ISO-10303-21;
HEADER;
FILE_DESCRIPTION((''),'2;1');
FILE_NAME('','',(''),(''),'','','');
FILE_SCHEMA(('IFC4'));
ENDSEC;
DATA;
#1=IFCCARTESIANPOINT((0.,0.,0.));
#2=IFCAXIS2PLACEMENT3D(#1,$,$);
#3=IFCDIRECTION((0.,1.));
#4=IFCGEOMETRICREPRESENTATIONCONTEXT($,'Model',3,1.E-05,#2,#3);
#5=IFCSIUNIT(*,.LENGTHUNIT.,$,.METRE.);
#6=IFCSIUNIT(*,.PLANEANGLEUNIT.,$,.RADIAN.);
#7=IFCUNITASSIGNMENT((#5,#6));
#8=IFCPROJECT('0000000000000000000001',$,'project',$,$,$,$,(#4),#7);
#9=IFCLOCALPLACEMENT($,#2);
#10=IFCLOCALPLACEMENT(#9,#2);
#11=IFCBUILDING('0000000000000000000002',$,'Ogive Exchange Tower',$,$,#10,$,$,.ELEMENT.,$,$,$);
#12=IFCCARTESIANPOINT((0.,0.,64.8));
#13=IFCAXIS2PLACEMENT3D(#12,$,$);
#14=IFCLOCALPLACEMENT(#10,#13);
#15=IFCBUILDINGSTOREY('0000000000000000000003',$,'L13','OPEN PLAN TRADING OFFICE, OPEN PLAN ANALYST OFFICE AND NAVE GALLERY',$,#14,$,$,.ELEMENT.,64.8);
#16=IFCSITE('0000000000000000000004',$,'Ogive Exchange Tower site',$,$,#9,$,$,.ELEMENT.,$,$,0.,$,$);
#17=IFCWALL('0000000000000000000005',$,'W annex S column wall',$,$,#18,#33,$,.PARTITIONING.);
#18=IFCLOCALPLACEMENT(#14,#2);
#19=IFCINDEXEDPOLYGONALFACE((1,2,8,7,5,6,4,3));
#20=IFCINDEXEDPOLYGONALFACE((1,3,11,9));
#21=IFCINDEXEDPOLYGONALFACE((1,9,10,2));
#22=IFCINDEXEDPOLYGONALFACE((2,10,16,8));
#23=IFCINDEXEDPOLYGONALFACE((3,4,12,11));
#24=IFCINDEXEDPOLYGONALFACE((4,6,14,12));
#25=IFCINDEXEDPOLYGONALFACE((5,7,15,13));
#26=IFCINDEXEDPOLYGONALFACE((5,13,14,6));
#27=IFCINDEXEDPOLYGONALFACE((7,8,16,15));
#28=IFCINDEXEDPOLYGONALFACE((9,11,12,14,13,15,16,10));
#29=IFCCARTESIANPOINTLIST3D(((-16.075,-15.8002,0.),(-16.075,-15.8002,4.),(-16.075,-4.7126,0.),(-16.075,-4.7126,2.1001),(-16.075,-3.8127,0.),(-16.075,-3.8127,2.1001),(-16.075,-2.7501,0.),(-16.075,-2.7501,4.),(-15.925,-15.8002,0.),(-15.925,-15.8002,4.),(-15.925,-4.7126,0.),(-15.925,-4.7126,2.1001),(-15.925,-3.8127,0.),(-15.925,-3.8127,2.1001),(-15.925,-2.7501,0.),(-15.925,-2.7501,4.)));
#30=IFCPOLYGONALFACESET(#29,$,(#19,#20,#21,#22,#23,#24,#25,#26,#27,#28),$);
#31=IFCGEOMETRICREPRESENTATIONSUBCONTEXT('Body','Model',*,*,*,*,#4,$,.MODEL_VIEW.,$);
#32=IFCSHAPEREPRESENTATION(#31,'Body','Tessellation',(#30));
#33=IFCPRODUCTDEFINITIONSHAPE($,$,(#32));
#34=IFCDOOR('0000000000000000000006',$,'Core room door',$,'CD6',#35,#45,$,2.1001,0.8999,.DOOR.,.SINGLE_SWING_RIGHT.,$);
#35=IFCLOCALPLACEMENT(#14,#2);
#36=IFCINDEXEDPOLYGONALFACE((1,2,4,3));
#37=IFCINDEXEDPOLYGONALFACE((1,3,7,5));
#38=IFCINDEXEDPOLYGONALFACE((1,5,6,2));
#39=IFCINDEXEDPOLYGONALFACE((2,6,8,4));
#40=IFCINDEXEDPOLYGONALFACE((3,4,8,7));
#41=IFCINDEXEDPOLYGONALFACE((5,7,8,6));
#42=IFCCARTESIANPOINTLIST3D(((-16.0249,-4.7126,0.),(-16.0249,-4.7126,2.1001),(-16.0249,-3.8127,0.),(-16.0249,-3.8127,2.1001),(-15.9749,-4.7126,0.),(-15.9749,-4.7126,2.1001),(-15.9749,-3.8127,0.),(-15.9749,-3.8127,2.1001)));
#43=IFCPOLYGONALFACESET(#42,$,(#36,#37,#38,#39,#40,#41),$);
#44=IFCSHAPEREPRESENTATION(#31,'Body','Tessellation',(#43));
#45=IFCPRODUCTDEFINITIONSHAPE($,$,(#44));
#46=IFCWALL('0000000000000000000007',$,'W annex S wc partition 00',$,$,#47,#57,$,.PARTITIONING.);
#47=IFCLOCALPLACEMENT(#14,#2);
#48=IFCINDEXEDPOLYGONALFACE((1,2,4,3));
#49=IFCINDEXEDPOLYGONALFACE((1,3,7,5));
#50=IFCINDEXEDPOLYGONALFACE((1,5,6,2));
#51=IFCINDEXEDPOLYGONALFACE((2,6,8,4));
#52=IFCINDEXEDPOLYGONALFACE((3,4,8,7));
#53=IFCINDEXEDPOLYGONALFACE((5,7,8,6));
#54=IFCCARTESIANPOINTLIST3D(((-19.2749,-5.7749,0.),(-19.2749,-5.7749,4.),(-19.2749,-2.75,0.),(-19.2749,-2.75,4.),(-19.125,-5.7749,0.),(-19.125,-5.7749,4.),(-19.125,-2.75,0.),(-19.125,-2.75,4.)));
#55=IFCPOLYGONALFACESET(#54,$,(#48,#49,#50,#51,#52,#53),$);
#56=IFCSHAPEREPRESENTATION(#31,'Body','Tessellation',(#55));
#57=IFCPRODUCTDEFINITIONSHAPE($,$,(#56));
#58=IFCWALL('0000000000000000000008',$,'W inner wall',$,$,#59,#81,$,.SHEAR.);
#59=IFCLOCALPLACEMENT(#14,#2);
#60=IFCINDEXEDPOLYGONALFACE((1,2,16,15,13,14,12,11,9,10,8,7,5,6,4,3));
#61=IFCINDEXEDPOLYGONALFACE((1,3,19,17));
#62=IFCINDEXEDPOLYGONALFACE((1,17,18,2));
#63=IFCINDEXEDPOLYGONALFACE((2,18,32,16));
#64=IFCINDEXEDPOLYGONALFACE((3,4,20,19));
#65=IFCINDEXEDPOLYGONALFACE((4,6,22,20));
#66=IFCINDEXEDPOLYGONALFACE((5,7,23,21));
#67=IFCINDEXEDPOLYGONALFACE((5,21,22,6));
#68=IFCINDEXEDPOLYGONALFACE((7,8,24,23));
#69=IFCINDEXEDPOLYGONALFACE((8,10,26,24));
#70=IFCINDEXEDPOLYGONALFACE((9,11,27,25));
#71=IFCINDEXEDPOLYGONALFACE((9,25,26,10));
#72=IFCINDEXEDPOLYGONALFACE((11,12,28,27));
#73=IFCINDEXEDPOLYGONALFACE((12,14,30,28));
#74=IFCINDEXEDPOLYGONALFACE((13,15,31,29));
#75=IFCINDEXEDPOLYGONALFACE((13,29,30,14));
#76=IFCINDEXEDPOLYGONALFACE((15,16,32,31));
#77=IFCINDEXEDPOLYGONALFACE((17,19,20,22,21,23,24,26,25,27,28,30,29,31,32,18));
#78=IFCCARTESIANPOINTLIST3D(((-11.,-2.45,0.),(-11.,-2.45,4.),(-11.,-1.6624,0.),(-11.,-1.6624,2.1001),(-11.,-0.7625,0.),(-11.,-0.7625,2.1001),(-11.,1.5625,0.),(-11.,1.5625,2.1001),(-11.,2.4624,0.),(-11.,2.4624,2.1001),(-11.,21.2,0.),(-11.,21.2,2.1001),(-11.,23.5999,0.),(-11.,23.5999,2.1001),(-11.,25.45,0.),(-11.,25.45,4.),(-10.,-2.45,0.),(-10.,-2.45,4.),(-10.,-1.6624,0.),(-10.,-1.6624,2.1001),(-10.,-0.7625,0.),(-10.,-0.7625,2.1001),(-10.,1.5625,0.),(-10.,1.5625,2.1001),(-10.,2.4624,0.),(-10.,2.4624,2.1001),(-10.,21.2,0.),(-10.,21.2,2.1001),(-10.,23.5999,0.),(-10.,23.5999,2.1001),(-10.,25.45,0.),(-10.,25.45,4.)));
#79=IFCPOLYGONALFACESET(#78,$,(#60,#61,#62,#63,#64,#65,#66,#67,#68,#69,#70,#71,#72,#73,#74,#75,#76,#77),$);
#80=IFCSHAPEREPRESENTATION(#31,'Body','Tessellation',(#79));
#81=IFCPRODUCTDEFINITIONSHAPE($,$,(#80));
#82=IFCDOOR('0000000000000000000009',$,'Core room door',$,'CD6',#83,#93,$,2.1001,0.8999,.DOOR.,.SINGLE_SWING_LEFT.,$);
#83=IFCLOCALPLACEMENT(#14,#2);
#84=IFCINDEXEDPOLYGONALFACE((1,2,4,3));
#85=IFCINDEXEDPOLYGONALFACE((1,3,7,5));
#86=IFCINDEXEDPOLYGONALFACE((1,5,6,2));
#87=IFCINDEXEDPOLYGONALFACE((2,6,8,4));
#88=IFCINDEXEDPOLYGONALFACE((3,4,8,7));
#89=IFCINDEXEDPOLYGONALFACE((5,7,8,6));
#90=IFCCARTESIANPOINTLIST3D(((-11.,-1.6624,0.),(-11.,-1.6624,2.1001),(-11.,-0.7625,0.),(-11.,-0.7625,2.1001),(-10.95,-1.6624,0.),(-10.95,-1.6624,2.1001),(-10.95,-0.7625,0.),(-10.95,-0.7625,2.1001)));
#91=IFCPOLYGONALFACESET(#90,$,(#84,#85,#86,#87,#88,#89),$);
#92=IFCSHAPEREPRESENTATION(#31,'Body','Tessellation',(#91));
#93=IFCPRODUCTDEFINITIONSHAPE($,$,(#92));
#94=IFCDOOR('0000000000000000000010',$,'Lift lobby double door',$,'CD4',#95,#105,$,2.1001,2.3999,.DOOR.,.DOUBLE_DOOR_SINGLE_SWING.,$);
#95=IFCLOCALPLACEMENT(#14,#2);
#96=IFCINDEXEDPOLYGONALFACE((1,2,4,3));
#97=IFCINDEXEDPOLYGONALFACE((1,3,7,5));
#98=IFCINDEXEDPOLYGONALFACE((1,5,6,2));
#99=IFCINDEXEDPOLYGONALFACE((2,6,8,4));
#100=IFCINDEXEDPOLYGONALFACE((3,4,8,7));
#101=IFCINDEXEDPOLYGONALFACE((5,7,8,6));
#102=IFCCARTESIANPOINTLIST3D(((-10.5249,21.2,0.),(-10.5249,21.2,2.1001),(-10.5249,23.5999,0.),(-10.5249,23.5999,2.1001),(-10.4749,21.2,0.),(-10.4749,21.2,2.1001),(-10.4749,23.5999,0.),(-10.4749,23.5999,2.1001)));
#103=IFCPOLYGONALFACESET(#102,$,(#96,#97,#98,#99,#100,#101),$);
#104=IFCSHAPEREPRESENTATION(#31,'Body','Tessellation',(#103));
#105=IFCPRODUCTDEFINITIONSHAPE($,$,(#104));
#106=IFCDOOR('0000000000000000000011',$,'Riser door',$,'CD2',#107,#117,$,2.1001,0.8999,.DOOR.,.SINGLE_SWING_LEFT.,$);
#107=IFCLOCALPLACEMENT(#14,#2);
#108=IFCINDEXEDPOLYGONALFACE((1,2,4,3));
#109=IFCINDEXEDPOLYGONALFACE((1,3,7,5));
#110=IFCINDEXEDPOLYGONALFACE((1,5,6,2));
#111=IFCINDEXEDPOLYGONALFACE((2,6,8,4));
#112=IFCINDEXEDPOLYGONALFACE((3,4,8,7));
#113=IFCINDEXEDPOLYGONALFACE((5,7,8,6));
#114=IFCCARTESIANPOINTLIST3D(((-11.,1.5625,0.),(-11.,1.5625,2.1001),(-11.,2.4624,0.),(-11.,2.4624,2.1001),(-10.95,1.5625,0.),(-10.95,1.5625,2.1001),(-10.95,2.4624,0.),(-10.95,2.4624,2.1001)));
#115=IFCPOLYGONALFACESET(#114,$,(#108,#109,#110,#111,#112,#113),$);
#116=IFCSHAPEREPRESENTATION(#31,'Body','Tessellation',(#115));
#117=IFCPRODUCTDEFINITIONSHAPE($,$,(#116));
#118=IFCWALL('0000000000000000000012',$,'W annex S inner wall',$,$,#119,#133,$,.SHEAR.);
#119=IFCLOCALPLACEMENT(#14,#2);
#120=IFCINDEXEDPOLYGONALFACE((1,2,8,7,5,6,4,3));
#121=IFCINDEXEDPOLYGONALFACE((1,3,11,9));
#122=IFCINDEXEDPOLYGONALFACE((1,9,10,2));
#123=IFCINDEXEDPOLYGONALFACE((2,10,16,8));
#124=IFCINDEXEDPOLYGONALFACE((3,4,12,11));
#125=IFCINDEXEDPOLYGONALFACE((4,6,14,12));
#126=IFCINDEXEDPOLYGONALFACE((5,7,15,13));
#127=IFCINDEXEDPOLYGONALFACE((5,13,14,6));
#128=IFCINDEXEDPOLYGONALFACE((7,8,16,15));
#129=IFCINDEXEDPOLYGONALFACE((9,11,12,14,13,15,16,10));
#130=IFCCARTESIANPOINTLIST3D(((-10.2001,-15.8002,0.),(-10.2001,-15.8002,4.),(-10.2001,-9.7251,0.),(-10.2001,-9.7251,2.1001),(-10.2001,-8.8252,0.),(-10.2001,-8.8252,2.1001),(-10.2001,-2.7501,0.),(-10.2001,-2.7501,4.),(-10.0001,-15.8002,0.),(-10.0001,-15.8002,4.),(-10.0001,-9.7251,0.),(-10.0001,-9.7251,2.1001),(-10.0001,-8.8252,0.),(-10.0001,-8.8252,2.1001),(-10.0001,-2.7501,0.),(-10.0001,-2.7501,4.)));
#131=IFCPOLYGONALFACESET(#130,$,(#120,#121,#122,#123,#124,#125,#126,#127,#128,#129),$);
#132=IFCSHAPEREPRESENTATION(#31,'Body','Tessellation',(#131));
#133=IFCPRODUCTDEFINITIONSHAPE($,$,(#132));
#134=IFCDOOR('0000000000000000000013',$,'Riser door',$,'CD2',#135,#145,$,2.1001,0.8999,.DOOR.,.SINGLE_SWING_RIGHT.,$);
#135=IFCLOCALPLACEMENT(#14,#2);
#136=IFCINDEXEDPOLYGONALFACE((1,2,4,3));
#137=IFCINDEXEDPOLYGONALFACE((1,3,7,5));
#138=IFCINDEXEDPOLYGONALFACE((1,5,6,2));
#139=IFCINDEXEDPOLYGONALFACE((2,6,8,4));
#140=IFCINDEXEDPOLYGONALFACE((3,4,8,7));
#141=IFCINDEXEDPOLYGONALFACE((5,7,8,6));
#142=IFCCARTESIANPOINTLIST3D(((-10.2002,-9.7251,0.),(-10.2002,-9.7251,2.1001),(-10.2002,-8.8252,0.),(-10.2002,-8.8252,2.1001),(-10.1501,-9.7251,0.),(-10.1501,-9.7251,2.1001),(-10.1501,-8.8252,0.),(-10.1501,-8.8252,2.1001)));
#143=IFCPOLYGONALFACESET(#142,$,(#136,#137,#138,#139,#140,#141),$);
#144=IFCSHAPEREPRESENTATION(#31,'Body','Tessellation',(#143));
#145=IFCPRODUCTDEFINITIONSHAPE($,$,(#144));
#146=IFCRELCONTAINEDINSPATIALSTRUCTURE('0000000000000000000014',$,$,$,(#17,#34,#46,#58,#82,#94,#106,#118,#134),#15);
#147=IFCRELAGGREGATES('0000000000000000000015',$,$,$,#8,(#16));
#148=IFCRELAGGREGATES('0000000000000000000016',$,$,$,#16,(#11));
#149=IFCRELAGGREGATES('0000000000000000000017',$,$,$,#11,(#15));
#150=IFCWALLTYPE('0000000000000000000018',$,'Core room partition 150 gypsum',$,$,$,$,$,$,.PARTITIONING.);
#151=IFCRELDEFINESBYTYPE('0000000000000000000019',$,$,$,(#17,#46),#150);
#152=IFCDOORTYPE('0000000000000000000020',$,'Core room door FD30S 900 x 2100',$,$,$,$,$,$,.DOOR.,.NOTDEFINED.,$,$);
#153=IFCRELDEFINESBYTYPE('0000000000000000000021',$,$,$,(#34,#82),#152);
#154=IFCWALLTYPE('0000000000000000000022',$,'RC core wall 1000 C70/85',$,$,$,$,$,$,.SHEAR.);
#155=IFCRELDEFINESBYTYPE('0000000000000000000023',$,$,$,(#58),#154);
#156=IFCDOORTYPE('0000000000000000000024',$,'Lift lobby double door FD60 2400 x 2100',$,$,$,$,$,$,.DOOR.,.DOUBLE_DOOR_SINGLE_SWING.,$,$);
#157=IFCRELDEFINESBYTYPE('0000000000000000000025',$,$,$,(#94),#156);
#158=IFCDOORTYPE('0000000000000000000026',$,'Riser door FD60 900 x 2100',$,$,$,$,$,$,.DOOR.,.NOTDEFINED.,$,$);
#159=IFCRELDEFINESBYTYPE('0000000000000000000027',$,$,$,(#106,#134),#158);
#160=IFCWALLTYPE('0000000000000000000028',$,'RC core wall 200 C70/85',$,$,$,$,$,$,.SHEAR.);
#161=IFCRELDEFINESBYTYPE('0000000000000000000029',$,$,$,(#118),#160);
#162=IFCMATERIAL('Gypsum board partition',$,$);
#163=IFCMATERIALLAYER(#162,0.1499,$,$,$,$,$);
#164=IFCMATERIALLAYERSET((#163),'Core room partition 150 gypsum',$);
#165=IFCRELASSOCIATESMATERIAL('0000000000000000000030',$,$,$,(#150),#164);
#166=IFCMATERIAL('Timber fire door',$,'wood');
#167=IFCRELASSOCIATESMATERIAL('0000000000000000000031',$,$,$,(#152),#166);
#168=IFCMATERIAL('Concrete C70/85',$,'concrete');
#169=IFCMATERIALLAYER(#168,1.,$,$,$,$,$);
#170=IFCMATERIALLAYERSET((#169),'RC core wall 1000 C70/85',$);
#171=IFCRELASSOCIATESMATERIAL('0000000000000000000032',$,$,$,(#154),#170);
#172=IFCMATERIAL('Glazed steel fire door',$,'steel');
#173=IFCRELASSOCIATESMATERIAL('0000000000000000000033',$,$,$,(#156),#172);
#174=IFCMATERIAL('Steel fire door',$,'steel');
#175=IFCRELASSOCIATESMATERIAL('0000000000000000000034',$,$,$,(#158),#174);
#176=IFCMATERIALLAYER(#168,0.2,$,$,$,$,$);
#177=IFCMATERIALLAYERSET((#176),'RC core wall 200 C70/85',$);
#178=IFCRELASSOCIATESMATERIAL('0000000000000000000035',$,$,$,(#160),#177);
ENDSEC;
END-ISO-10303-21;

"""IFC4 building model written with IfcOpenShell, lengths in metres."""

from ifc_helpers import new_model, si_unit, direction, frame, frame_2d, origin, place, context, subcontext, project, spatial, rectangle, extrude, material, layer, layer_set, type_object, element, fill, save


model = new_model("IFC4")

# Units and contexts
model_context = context("Model", 3, precision=1e-05, world=origin(), true_north=direction((0.0, 1.0)))
body_context = subcontext(model_context, "Body", "Model", "MODEL_VIEW")
ifc_project = project(units=[si_unit("LENGTHUNIT", "METRE"), si_unit("PLANEANGLEUNIT", "RADIAN")], contexts=[model_context])

# Site, building, storey
site_placement = place(None, origin())
site = spatial("IfcSite", under=ifc_project, at=site_placement, Name="Ogive Exchange Tower site", CompositionType="ELEMENT", RefElevation=0.0)
building_placement = place(site_placement, origin())
building = spatial("IfcBuilding", under=site, at=building_placement, Name="Ogive Exchange Tower", CompositionType="ELEMENT")
storey_placement = place(building_placement, frame((0.0, 0.0, 64.8)))
storey = spatial("IfcBuildingStorey", under=building, at=storey_placement, Name="L13", Description="OPEN PLAN TRADING OFFICE, OPEN PLAN ANALYST OFFICE AND NAVE GALLERY", CompositionType="ELEMENT", Elevation=64.8)

# Wall, opening, door
ifc_material_1 = material(Name="Gypsum board partition")
ifc_layer_1 = layer(ifc_material_1, 0.1499)
ifc_layer_set_1 = layer_set([ifc_layer_1], Name="Core room partition 150 gypsum")
wall_type_1 = type_object("IfcWallType", Name="Core room partition 150 gypsum", PredefinedType="PARTITIONING", material=ifc_layer_set_1)
wall_1_placement = place(storey_placement, frame((-16.0, -15.8, 0.0), z_axis=(0.0, 0.0, 1.0), x_axis=(0.0, 1.0, 0.0)))
wall_1 = element("IfcWall", 1, at=wall_1_placement, inside=storey, type_object=wall_type_1, Name="W annex S column wall", PredefinedType="PARTITIONING", context=body_context, shape_type="SweptSolid", body=[
    extrude(rectangle(XDim=13.05, YDim=0.1499, at=frame_2d((6.5249, 0.0))), origin(), (0.0, 0.0, 1.0), 4.0),
])
opening_1_placement = place(wall_1_placement, frame((11.0874, 0.0, 0.0)))
opening_1 = element("IfcOpeningElement", 2, at=opening_1_placement, cuts=wall_1, PredefinedType="OPENING", context=body_context, shape_type="SweptSolid", body=[
    extrude(rectangle(XDim=0.8999, YDim=2.1001, at=frame_2d((0.45, 1.05))), frame((0.0, 0.085, 0.0), z_axis=(0.0, -1.0, 0.0), x_axis=(1.0, 0.0, 0.0)), (0.0, 0.0, 1.0), 0.1699),
])
ifc_material_2 = material(Name="Timber fire door", Category="wood")
door_type_1 = type_object("IfcDoorType", Name="Core room door FD30S 900 x 2100", OperationType="NOTDEFINED", PredefinedType="DOOR", material=ifc_material_2)
door_1_placement = place(opening_1_placement, origin())
door_1 = element("IfcDoor", 3, at=door_1_placement, inside=storey, type_object=door_type_1, Name="Core room door", ObjectType="CD6", OperationType="SINGLE_SWING_RIGHT", OverallHeight=2.1001, OverallWidth=0.8999, PredefinedType="DOOR", context=body_context, shape_type="SweptSolid", body=[
    extrude(rectangle(XDim=0.8999, YDim=2.1001, at=frame_2d((0.45, 1.05))), frame((0.0, 0.0249, 0.0), z_axis=(0.0, -1.0, 0.0), x_axis=(1.0, 0.0, 0.0)), (0.0, 0.0, 1.0), 0.05),
])
fill(opening_1, door_1)

# Wall
wall_2_placement = place(storey_placement, frame((-19.2, -5.7749, 0.0), z_axis=(0.0, 0.0, 1.0), x_axis=(0.0, 1.0, 0.0)))
element("IfcWall", 4, at=wall_2_placement, inside=storey, type_object=wall_type_1, Name="W annex S wc partition 00", PredefinedType="PARTITIONING", context=body_context, shape_type="SweptSolid", body=[
    extrude(rectangle(XDim=3.0249, YDim=0.1499, at=frame_2d((1.5125, 0.0))), origin(), (0.0, 0.0, 1.0), 4.0),
])

# Wall, openings, doors
ifc_material_3 = material(Name="Concrete C70/85", Category="concrete")
ifc_layer_2 = layer(ifc_material_3, 1.0)
ifc_layer_set_2 = layer_set([ifc_layer_2], Name="RC core wall 1000 C70/85")
wall_type_2 = type_object("IfcWallType", Name="RC core wall 1000 C70/85", PredefinedType="SHEAR", material=ifc_layer_set_2)
wall_3_placement = place(storey_placement, frame((-10.5, -2.45, 0.0), z_axis=(0.0, 0.0, 1.0), x_axis=(0.0, 1.0, 0.0)))
wall_3 = element("IfcWall", 5, at=wall_3_placement, inside=storey, type_object=wall_type_2, Name="W inner wall", PredefinedType="SHEAR", context=body_context, shape_type="SweptSolid", body=[
    extrude(rectangle(XDim=27.8999, YDim=1.0, at=frame_2d((13.95, 0.0))), origin(), (0.0, 0.0, 1.0), 4.0),
])
opening_2_placement = place(wall_3_placement, frame((23.6499, 0.0, 0.0)))
opening_2 = element("IfcOpeningElement", 6, at=opening_2_placement, cuts=wall_3, PredefinedType="OPENING", context=body_context, shape_type="SweptSolid", body=[
    extrude(rectangle(XDim=2.3999, YDim=2.1001, at=frame_2d((1.2, 1.05))), frame((0.0, 0.51, 0.0), z_axis=(0.0, -1.0, 0.0), x_axis=(1.0, 0.0, 0.0)), (0.0, 0.0, 1.0), 1.02),
])
opening_3_placement = place(wall_3_placement, frame((0.7876, 0.0, 0.0)))
opening_3 = element("IfcOpeningElement", 7, at=opening_3_placement, cuts=wall_3, PredefinedType="OPENING", context=body_context, shape_type="SweptSolid", body=[
    extrude(rectangle(XDim=0.8999, YDim=2.1001, at=frame_2d((0.45, 1.05))), frame((0.0, 0.51, 0.0), z_axis=(0.0, -1.0, 0.0), x_axis=(1.0, 0.0, 0.0)), (0.0, 0.0, 1.0), 1.02),
])
opening_4_placement = place(wall_3_placement, frame((4.0125, 0.0, 0.0)))
opening_4 = element("IfcOpeningElement", 8, at=opening_4_placement, cuts=wall_3, PredefinedType="OPENING", context=body_context, shape_type="SweptSolid", body=[
    extrude(rectangle(XDim=0.8999, YDim=2.1001, at=frame_2d((0.45, 1.05))), frame((0.0, 0.51, 0.0), z_axis=(0.0, -1.0, 0.0), x_axis=(1.0, 0.0, 0.0)), (0.0, 0.0, 1.0), 1.02),
])
door_2_placement = place(opening_3_placement, origin())
door_2 = element("IfcDoor", 9, at=door_2_placement, inside=storey, type_object=door_type_1, Name="Core room door", ObjectType="CD6", OperationType="SINGLE_SWING_LEFT", OverallHeight=2.1001, OverallWidth=0.8999, PredefinedType="DOOR", context=body_context, shape_type="SweptSolid", body=[
    extrude(rectangle(XDim=0.8999, YDim=2.1001, at=frame_2d((0.45, 1.05))), frame((0.0, 0.5, 0.0), z_axis=(0.0, -1.0, 0.0), x_axis=(1.0, 0.0, 0.0)), (0.0, 0.0, 1.0), 0.05),
])
fill(opening_3, door_2)
ifc_material_4 = material(Name="Glazed steel fire door", Category="steel")
door_type_2 = type_object("IfcDoorType", Name="Lift lobby double door FD60 2400 x 2100", OperationType="DOUBLE_DOOR_SINGLE_SWING", PredefinedType="DOOR", material=ifc_material_4)
door_3_placement = place(opening_2_placement, origin())
door_3 = element("IfcDoor", 10, at=door_3_placement, inside=storey, type_object=door_type_2, Name="Lift lobby double door", ObjectType="CD4", OperationType="DOUBLE_DOOR_SINGLE_SWING", OverallHeight=2.1001, OverallWidth=2.3999, PredefinedType="DOOR", context=body_context, shape_type="SweptSolid", body=[
    extrude(rectangle(XDim=2.3999, YDim=2.1001, at=frame_2d((1.2, 1.05))), frame((0.0, 0.0249, 0.0), z_axis=(0.0, -1.0, 0.0), x_axis=(1.0, 0.0, 0.0)), (0.0, 0.0, 1.0), 0.05),
])
fill(opening_2, door_3)
ifc_material_5 = material(Name="Steel fire door", Category="steel")
door_type_3 = type_object("IfcDoorType", Name="Riser door FD60 900 x 2100", OperationType="NOTDEFINED", PredefinedType="DOOR", material=ifc_material_5)
door_4_placement = place(opening_4_placement, origin())
door_4 = element("IfcDoor", 11, at=door_4_placement, inside=storey, type_object=door_type_3, Name="Riser door", ObjectType="CD2", OperationType="SINGLE_SWING_LEFT", OverallHeight=2.1001, OverallWidth=0.8999, PredefinedType="DOOR", context=body_context, shape_type="SweptSolid", body=[
    extrude(rectangle(XDim=0.8999, YDim=2.1001, at=frame_2d((0.45, 1.05))), frame((0.0, 0.5, 0.0), z_axis=(0.0, -1.0, 0.0), x_axis=(1.0, 0.0, 0.0)), (0.0, 0.0, 1.0), 0.05),
])
fill(opening_4, door_4)

# Wall, opening, door
ifc_layer_3 = layer(ifc_material_3, 0.2)
ifc_layer_set_3 = layer_set([ifc_layer_3], Name="RC core wall 200 C70/85")
wall_type_3 = type_object("IfcWallType", Name="RC core wall 200 C70/85", PredefinedType="SHEAR", material=ifc_layer_set_3)
wall_4_placement = place(storey_placement, frame((-10.1001, -15.8, 0.0), z_axis=(0.0, 0.0, 1.0), x_axis=(0.0, 1.0, 0.0)))
wall_4 = element("IfcWall", 12, at=wall_4_placement, inside=storey, type_object=wall_type_3, Name="W annex S inner wall", PredefinedType="SHEAR", context=body_context, shape_type="SweptSolid", body=[
    extrude(rectangle(XDim=13.05, YDim=0.2, at=frame_2d((6.5249, 0.0))), origin(), (0.0, 0.0, 1.0), 4.0),
])
opening_5_placement = place(wall_4_placement, frame((6.075, 0.0, 0.0)))
opening_5 = element("IfcOpeningElement", 13, at=opening_5_placement, cuts=wall_4, PredefinedType="OPENING", context=body_context, shape_type="SweptSolid", body=[
    extrude(rectangle(XDim=0.8999, YDim=2.1001, at=frame_2d((0.45, 1.05))), frame((0.0, 0.1099, 0.0), z_axis=(0.0, -1.0, 0.0), x_axis=(1.0, 0.0, 0.0)), (0.0, 0.0, 1.0), 0.22),
])
door_5_placement = place(opening_5_placement, origin())
door_5 = element("IfcDoor", 14, at=door_5_placement, inside=storey, type_object=door_type_3, Name="Riser door", ObjectType="CD2", OperationType="SINGLE_SWING_RIGHT", OverallHeight=2.1001, OverallWidth=0.8999, PredefinedType="DOOR", context=body_context, shape_type="SweptSolid", body=[
    extrude(rectangle(XDim=0.8999, YDim=2.1001, at=frame_2d((0.45, 1.05))), frame((0.0, 0.1001, 0.0), z_axis=(0.0, -1.0, 0.0), x_axis=(1.0, 0.0, 0.0)), (0.0, 0.0, 1.0), 0.05),
])
fill(opening_5, door_5)

save(model, "model.ifc")
